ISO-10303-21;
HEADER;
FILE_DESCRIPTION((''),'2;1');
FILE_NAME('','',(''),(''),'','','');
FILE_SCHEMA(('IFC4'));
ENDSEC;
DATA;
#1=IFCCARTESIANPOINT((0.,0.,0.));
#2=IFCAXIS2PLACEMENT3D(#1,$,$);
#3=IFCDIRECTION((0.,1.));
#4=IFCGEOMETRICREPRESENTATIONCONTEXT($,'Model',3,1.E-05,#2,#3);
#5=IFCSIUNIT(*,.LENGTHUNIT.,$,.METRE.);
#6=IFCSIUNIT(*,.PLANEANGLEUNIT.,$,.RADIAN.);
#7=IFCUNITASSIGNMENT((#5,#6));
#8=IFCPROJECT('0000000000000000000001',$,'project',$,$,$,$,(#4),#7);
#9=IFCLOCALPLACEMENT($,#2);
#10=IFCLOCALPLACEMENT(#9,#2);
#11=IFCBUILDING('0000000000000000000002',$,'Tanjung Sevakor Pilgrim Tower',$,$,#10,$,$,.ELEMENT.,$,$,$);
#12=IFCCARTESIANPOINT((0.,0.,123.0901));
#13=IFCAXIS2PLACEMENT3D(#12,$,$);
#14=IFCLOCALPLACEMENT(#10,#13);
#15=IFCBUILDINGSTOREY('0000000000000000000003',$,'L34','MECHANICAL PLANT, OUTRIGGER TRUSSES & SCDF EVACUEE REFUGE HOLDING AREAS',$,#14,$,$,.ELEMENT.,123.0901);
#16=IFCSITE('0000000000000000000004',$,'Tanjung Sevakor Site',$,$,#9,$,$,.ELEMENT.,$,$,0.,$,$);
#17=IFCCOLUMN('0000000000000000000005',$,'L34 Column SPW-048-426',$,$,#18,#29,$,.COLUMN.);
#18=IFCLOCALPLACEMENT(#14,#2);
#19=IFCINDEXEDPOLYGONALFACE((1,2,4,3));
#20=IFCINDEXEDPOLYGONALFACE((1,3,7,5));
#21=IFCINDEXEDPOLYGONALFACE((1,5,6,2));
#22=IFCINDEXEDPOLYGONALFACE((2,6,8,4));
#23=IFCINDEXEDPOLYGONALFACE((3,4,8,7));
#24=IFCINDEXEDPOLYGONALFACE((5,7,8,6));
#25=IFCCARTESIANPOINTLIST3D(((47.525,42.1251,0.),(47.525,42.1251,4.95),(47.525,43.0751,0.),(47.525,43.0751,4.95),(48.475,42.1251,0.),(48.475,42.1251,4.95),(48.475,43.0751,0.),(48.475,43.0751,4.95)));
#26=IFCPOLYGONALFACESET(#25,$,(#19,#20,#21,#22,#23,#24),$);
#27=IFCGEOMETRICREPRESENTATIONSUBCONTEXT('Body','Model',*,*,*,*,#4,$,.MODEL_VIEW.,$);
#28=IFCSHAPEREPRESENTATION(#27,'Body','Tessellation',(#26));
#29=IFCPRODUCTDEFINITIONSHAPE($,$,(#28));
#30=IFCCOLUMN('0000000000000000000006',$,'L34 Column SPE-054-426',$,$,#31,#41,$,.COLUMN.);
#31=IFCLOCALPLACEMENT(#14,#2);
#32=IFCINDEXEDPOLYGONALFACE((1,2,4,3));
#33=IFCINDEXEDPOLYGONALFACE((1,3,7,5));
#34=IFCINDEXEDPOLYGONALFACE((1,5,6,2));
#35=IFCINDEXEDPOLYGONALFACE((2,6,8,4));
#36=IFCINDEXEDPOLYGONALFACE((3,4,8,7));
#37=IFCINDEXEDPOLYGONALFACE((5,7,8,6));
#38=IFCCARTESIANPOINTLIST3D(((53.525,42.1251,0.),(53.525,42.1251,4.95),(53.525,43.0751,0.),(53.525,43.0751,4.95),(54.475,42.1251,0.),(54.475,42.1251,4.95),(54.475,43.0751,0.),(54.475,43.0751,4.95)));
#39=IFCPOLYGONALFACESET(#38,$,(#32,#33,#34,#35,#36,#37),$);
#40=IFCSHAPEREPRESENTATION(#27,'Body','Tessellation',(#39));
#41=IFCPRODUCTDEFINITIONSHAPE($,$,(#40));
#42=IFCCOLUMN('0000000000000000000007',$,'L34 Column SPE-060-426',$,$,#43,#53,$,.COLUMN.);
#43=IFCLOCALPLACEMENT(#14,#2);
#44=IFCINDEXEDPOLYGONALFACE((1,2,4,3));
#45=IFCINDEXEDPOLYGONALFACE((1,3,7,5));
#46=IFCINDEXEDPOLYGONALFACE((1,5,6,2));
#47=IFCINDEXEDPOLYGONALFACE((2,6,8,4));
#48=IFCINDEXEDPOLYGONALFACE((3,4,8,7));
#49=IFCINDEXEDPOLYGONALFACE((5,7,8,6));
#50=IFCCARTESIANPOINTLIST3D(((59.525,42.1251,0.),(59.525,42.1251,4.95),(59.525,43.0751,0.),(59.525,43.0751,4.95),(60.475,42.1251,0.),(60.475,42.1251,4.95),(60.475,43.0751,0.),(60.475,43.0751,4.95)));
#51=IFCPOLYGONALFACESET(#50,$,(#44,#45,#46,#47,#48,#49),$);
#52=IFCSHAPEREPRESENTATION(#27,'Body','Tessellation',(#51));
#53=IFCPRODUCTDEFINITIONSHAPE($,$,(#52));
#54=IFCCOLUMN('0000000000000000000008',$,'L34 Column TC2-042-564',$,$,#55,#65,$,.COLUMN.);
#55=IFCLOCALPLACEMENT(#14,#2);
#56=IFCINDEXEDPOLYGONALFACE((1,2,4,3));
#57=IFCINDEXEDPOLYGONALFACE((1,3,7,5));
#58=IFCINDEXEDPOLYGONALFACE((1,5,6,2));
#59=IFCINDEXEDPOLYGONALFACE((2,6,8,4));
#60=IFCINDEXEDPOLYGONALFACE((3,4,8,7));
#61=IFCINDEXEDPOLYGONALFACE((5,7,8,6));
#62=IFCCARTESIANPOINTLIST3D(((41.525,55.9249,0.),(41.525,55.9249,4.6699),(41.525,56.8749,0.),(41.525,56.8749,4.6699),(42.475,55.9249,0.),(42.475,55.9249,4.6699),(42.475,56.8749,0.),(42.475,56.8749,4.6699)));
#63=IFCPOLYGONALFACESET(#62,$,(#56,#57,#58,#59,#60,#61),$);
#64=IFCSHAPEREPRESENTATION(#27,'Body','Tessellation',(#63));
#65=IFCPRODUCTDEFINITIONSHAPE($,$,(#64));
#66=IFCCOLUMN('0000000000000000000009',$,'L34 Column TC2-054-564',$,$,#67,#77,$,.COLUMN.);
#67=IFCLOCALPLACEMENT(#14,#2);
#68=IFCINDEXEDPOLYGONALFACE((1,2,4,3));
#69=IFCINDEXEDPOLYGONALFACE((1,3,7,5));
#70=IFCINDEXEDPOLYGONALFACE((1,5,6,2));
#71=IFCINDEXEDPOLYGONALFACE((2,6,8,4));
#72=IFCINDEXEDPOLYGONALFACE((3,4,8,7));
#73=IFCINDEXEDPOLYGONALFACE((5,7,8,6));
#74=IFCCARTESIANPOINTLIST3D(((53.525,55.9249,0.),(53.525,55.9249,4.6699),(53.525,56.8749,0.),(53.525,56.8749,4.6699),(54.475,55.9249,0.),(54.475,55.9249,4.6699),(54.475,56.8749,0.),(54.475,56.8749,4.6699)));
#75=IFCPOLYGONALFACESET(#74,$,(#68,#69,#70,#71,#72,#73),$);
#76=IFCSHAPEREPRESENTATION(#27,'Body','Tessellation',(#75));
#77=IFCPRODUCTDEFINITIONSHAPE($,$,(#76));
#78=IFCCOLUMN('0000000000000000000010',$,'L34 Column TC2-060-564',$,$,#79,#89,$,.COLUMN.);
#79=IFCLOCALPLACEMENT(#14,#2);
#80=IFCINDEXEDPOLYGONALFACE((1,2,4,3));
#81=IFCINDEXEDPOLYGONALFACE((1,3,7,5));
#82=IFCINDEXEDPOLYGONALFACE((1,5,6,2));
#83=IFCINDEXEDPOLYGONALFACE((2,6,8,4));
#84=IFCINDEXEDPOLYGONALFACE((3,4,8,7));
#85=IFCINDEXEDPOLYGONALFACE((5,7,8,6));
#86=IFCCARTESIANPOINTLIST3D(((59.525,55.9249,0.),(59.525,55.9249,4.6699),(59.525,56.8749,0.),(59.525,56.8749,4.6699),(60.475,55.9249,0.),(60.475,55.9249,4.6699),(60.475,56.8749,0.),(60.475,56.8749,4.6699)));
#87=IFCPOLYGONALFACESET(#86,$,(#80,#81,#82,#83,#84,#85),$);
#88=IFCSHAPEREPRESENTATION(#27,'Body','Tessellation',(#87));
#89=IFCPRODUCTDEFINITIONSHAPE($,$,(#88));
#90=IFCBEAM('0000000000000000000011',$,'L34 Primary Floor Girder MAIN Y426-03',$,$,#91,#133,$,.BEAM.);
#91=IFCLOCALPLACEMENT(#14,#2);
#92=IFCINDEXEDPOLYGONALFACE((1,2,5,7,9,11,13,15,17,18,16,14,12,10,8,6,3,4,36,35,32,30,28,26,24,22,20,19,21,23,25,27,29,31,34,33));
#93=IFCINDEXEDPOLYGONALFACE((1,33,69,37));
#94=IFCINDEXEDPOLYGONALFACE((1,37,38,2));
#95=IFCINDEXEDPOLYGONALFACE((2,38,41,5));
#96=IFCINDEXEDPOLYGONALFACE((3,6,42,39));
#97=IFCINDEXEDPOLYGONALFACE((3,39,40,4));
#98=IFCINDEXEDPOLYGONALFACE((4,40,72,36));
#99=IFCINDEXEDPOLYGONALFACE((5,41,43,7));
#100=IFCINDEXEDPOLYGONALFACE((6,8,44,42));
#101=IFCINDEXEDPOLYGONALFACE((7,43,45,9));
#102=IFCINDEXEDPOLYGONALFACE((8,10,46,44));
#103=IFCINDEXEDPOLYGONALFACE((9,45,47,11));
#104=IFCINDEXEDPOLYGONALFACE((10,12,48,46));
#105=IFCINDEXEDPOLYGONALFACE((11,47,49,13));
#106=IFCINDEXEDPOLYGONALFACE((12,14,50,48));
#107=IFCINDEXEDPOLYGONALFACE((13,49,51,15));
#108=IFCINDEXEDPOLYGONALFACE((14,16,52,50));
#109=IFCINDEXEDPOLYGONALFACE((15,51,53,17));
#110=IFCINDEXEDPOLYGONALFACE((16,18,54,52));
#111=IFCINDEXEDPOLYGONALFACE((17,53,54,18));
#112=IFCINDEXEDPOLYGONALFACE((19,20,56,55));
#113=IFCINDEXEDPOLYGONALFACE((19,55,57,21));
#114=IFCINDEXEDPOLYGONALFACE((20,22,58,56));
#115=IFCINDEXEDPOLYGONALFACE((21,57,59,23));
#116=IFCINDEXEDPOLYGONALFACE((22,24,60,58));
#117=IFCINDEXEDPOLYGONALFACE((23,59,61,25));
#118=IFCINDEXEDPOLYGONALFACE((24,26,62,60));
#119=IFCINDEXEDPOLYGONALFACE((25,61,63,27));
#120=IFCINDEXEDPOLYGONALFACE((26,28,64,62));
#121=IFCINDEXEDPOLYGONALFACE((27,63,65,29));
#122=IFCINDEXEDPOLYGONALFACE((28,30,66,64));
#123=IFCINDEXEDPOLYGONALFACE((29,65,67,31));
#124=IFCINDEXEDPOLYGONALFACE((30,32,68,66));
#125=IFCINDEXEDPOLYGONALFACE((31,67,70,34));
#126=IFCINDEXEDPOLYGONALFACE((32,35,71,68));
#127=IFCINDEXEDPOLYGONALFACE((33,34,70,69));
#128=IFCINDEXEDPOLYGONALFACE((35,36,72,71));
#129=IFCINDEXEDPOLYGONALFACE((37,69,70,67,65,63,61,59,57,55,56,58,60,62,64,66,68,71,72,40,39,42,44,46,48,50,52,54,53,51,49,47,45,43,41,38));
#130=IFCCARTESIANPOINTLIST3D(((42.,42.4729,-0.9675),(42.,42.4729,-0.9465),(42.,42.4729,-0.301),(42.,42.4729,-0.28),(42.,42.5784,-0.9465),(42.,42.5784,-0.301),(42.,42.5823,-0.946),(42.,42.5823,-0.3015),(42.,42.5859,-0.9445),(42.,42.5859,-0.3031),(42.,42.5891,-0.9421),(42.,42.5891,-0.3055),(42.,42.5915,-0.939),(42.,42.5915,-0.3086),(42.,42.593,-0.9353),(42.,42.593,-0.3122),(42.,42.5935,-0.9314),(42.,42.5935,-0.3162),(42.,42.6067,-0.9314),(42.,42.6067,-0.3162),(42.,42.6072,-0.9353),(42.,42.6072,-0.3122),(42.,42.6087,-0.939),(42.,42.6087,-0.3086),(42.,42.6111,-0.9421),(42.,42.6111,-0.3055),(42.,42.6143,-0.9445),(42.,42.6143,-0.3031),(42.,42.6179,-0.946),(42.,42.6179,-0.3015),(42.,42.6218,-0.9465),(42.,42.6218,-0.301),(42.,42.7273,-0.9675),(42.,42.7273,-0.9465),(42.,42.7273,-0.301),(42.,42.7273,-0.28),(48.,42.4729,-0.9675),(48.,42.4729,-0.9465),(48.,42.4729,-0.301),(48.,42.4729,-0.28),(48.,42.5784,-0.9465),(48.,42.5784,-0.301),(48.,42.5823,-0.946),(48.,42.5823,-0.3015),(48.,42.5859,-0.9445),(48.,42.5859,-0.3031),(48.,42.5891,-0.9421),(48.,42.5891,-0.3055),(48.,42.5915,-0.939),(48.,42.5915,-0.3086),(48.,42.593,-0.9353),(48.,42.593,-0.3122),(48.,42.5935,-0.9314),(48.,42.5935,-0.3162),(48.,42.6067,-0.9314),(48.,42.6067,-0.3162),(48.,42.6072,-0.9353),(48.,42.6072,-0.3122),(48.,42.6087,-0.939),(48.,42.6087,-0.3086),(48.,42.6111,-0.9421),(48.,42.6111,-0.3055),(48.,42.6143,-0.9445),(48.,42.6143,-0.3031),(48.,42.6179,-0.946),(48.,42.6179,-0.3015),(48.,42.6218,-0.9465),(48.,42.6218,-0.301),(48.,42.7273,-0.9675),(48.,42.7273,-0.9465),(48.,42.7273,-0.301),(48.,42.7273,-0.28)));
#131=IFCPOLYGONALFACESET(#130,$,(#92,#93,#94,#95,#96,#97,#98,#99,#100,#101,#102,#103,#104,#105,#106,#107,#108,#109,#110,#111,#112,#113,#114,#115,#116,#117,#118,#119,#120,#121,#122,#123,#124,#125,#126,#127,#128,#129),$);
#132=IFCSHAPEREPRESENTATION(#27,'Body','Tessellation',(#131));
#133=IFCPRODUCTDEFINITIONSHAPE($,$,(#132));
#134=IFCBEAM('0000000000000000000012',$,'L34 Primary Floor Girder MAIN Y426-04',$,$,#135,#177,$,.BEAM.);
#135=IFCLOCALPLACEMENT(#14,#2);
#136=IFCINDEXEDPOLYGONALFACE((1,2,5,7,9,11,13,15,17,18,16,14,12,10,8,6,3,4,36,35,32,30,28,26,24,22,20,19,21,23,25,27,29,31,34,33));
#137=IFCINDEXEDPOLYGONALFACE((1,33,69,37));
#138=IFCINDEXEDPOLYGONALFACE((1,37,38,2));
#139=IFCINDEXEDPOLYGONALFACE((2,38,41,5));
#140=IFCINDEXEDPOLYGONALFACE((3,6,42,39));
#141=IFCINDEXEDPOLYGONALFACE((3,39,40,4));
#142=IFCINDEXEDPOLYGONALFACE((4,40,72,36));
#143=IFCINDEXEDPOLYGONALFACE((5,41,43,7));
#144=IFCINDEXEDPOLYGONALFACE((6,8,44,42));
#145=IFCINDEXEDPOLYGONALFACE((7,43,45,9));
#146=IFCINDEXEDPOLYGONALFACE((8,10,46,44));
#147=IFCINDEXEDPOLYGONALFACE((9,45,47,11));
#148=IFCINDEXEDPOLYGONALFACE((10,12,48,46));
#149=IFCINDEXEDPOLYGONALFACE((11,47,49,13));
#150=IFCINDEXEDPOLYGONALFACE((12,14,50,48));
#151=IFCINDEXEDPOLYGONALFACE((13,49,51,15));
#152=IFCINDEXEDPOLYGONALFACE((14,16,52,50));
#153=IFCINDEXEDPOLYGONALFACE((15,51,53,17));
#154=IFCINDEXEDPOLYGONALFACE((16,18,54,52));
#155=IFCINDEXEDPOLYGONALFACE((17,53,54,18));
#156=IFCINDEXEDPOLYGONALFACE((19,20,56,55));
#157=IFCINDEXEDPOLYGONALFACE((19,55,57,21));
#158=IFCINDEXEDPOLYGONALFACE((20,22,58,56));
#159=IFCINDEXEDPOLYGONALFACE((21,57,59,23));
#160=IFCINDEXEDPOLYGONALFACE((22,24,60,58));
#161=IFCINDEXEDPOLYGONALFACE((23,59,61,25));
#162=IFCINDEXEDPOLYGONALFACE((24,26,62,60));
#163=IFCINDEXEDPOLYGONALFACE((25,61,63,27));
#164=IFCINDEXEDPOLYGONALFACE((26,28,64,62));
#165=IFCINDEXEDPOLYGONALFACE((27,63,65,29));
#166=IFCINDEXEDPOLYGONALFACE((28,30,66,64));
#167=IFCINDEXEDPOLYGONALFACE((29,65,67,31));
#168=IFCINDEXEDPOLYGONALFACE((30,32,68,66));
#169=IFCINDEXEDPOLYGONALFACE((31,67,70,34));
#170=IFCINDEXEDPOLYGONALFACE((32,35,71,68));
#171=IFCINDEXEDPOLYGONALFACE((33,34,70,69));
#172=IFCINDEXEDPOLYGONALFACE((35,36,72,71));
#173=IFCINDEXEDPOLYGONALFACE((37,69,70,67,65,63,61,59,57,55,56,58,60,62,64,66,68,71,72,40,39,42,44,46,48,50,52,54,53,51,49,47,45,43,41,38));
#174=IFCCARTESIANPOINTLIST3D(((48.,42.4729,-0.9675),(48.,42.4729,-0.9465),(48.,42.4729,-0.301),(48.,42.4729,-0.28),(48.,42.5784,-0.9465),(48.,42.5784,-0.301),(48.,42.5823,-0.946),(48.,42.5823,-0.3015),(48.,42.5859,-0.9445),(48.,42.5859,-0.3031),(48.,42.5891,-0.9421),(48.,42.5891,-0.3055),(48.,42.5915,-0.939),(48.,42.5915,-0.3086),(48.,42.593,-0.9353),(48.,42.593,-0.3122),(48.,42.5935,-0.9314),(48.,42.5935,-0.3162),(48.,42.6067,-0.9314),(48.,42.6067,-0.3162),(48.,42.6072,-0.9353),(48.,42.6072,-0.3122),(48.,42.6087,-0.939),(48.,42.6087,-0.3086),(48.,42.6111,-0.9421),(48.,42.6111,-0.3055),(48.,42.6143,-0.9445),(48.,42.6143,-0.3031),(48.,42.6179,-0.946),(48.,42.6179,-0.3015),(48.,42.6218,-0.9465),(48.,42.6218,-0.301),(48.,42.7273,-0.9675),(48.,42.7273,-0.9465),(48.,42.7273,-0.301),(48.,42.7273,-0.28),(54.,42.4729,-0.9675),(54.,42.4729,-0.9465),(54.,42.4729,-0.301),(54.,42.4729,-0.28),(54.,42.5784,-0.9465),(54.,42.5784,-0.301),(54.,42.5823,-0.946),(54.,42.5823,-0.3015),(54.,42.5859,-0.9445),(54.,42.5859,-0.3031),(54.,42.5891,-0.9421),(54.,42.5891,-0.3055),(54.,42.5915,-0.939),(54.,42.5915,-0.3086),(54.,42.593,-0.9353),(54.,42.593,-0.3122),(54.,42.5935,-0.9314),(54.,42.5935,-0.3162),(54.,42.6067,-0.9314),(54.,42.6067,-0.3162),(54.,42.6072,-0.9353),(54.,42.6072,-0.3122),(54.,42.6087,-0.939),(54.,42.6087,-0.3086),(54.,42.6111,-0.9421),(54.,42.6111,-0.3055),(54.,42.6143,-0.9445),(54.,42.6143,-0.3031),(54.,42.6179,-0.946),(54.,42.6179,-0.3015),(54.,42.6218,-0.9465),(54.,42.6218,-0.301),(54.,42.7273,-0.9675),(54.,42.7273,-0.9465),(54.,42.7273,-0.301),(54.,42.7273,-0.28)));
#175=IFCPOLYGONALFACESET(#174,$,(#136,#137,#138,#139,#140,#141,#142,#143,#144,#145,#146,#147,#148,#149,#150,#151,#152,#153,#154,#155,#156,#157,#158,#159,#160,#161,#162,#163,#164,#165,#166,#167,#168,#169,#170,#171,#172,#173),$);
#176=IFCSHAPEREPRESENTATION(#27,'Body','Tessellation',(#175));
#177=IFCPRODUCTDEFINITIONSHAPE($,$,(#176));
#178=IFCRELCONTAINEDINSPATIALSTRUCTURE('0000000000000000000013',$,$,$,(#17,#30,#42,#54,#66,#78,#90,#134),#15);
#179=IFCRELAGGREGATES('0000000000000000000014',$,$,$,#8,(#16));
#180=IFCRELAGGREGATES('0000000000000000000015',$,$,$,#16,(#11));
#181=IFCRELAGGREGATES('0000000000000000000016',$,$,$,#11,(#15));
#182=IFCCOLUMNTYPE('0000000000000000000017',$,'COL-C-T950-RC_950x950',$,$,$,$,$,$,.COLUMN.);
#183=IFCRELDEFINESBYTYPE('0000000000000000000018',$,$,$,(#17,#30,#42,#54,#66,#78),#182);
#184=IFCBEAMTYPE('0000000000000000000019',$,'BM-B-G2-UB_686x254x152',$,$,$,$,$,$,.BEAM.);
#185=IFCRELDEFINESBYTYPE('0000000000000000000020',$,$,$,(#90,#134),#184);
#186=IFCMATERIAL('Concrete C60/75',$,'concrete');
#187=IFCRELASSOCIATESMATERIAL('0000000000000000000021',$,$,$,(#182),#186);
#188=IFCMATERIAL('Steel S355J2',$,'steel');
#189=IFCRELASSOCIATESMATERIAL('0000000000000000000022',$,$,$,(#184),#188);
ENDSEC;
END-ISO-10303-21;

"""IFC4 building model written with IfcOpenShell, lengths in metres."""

from ifc_helpers import new_model, si_unit, direction, frame, origin, origin_2d, place, context, subcontext, project, spatial, rectangle, i_section, extrude, material, material_profile, profile_set, type_object, element, save


model = new_model("IFC4")

# Units and contexts
model_context = context("Model", 3, precision=1e-05, world=origin(), true_north=direction((0.0, 1.0)))
body_context = subcontext(model_context, "Body", "Model", "MODEL_VIEW")
ifc_project = project(units=[si_unit("LENGTHUNIT", "METRE"), si_unit("PLANEANGLEUNIT", "RADIAN")], contexts=[model_context])

# Site, building, storey
site_placement = place(None, origin())
site = spatial("IfcSite", under=ifc_project, at=site_placement, Name="Tanjung Sevakor Site", CompositionType="ELEMENT", RefElevation=0.0)
building_placement = place(site_placement, origin())
building = spatial("IfcBuilding", under=site, at=building_placement, Name="Tanjung Sevakor Pilgrim Tower", CompositionType="ELEMENT")
storey_placement = place(building_placement, frame((0.0, 0.0, 123.0901)))
storey = spatial("IfcBuildingStorey", under=building, at=storey_placement, Name="L34", Description="MECHANICAL PLANT, OUTRIGGER TRUSSES & SCDF EVACUEE REFUGE HOLDING AREAS", CompositionType="ELEMENT", Elevation=123.0901)

# Columns
ifc_material_1 = material(Name="Concrete C60/75", Category="concrete")
ifc_material_profile_1 = material_profile(ifc_material_1, rectangle(XDim=0.95, YDim=0.95, at=origin_2d()))
ifc_profile_set_1 = profile_set([ifc_material_profile_1], Name="Concrete C60/75")
column_type = type_object("IfcColumnType", Name="COL-C-T950-RC_950x950", PredefinedType="COLUMN", material=ifc_profile_set_1)
for number, where, z_axis, x_axis, name in (
    (1, (48.0, 42.6001, 0.0), (0.0, 0.0, 1.0), (1.0, 0.0, 0.0), "L34 Column SPW-048-426"),
    (2, (54.0, 42.6001, 0.0), (0.0, 0.0, 1.0), (1.0, 0.0, 0.0), "L34 Column SPE-054-426"),
    (3, (60.0, 42.6001, 0.0), (0.0, 0.0, 1.0), (1.0, 0.0, 0.0), "L34 Column SPE-060-426"),
):
    element("IfcColumn", number, at=place(storey_placement, frame(where, z_axis=z_axis, x_axis=x_axis)), inside=storey, type_object=column_type, Name=name, PredefinedType="COLUMN", context=body_context, shape_type="SweptSolid", body=[
        extrude(rectangle(XDim=0.95, YDim=0.95, at=origin_2d()), origin(), (0.0, 0.0, 1.0), 4.95),
    ])
for number, where, z_axis, x_axis, name in (
    (4, (42.0, 56.3999, 0.0), (0.0, 0.0, 1.0), (1.0, 0.0, 0.0), "L34 Column TC2-042-564"),
    (5, (54.0, 56.3999, 0.0), (0.0, 0.0, 1.0), (1.0, 0.0, 0.0), "L34 Column TC2-054-564"),
    (6, (60.0, 56.3999, 0.0), (0.0, 0.0, 1.0), (1.0, 0.0, 0.0), "L34 Column TC2-060-564"),
):
    element("IfcColumn", number, at=place(storey_placement, frame(where, z_axis=z_axis, x_axis=x_axis)), inside=storey, type_object=column_type, Name=name, PredefinedType="COLUMN", context=body_context, shape_type="SweptSolid", body=[
        extrude(rectangle(XDim=0.95, YDim=0.95, at=origin_2d()), origin(), (0.0, 0.0, 1.0), 4.6699),
    ])

# Beams
ifc_material_2 = material(Name="Steel S355J2", Category="steel")
ifc_material_profile_2 = material_profile(ifc_material_2, i_section(OverallWidth=0.2544, OverallDepth=0.6875, WebThickness=0.0132, FlangeThickness=0.021, FilletRadius=0.0151, at=origin_2d()))
ifc_profile_set_2 = profile_set([ifc_material_profile_2], Name="Steel S355J2")
beam_type_1 = type_object("IfcBeamType", Name="BM-B-G2-UB_686x254x152", PredefinedType="BEAM", material=ifc_profile_set_2)
for number, where, z_axis, x_axis, name in (
    (7, (42.0, 42.6001, -0.6238), (1.0, 0.0, 0.0), (0.0, 1.0, 0.0), "L34 Primary Floor Girder MAIN Y426-03"),
    (8, (48.0, 42.6001, -0.6238), (1.0, 0.0, 0.0), (0.0, 1.0, 0.0), "L34 Primary Floor Girder MAIN Y426-04"),
):
    element("IfcBeam", number, at=place(storey_placement, frame(where, z_axis=z_axis, x_axis=x_axis)), inside=storey, type_object=beam_type_1, Name=name, PredefinedType="BEAM", context=body_context, shape_type="SweptSolid", body=[
        extrude(i_section(OverallWidth=0.2544, OverallDepth=0.6875, WebThickness=0.0132, FlangeThickness=0.021, FilletRadius=0.0151, at=origin_2d()), origin(), (0.0, 0.0, 1.0), 6.0),
    ])

save(model, "model.ifc")
